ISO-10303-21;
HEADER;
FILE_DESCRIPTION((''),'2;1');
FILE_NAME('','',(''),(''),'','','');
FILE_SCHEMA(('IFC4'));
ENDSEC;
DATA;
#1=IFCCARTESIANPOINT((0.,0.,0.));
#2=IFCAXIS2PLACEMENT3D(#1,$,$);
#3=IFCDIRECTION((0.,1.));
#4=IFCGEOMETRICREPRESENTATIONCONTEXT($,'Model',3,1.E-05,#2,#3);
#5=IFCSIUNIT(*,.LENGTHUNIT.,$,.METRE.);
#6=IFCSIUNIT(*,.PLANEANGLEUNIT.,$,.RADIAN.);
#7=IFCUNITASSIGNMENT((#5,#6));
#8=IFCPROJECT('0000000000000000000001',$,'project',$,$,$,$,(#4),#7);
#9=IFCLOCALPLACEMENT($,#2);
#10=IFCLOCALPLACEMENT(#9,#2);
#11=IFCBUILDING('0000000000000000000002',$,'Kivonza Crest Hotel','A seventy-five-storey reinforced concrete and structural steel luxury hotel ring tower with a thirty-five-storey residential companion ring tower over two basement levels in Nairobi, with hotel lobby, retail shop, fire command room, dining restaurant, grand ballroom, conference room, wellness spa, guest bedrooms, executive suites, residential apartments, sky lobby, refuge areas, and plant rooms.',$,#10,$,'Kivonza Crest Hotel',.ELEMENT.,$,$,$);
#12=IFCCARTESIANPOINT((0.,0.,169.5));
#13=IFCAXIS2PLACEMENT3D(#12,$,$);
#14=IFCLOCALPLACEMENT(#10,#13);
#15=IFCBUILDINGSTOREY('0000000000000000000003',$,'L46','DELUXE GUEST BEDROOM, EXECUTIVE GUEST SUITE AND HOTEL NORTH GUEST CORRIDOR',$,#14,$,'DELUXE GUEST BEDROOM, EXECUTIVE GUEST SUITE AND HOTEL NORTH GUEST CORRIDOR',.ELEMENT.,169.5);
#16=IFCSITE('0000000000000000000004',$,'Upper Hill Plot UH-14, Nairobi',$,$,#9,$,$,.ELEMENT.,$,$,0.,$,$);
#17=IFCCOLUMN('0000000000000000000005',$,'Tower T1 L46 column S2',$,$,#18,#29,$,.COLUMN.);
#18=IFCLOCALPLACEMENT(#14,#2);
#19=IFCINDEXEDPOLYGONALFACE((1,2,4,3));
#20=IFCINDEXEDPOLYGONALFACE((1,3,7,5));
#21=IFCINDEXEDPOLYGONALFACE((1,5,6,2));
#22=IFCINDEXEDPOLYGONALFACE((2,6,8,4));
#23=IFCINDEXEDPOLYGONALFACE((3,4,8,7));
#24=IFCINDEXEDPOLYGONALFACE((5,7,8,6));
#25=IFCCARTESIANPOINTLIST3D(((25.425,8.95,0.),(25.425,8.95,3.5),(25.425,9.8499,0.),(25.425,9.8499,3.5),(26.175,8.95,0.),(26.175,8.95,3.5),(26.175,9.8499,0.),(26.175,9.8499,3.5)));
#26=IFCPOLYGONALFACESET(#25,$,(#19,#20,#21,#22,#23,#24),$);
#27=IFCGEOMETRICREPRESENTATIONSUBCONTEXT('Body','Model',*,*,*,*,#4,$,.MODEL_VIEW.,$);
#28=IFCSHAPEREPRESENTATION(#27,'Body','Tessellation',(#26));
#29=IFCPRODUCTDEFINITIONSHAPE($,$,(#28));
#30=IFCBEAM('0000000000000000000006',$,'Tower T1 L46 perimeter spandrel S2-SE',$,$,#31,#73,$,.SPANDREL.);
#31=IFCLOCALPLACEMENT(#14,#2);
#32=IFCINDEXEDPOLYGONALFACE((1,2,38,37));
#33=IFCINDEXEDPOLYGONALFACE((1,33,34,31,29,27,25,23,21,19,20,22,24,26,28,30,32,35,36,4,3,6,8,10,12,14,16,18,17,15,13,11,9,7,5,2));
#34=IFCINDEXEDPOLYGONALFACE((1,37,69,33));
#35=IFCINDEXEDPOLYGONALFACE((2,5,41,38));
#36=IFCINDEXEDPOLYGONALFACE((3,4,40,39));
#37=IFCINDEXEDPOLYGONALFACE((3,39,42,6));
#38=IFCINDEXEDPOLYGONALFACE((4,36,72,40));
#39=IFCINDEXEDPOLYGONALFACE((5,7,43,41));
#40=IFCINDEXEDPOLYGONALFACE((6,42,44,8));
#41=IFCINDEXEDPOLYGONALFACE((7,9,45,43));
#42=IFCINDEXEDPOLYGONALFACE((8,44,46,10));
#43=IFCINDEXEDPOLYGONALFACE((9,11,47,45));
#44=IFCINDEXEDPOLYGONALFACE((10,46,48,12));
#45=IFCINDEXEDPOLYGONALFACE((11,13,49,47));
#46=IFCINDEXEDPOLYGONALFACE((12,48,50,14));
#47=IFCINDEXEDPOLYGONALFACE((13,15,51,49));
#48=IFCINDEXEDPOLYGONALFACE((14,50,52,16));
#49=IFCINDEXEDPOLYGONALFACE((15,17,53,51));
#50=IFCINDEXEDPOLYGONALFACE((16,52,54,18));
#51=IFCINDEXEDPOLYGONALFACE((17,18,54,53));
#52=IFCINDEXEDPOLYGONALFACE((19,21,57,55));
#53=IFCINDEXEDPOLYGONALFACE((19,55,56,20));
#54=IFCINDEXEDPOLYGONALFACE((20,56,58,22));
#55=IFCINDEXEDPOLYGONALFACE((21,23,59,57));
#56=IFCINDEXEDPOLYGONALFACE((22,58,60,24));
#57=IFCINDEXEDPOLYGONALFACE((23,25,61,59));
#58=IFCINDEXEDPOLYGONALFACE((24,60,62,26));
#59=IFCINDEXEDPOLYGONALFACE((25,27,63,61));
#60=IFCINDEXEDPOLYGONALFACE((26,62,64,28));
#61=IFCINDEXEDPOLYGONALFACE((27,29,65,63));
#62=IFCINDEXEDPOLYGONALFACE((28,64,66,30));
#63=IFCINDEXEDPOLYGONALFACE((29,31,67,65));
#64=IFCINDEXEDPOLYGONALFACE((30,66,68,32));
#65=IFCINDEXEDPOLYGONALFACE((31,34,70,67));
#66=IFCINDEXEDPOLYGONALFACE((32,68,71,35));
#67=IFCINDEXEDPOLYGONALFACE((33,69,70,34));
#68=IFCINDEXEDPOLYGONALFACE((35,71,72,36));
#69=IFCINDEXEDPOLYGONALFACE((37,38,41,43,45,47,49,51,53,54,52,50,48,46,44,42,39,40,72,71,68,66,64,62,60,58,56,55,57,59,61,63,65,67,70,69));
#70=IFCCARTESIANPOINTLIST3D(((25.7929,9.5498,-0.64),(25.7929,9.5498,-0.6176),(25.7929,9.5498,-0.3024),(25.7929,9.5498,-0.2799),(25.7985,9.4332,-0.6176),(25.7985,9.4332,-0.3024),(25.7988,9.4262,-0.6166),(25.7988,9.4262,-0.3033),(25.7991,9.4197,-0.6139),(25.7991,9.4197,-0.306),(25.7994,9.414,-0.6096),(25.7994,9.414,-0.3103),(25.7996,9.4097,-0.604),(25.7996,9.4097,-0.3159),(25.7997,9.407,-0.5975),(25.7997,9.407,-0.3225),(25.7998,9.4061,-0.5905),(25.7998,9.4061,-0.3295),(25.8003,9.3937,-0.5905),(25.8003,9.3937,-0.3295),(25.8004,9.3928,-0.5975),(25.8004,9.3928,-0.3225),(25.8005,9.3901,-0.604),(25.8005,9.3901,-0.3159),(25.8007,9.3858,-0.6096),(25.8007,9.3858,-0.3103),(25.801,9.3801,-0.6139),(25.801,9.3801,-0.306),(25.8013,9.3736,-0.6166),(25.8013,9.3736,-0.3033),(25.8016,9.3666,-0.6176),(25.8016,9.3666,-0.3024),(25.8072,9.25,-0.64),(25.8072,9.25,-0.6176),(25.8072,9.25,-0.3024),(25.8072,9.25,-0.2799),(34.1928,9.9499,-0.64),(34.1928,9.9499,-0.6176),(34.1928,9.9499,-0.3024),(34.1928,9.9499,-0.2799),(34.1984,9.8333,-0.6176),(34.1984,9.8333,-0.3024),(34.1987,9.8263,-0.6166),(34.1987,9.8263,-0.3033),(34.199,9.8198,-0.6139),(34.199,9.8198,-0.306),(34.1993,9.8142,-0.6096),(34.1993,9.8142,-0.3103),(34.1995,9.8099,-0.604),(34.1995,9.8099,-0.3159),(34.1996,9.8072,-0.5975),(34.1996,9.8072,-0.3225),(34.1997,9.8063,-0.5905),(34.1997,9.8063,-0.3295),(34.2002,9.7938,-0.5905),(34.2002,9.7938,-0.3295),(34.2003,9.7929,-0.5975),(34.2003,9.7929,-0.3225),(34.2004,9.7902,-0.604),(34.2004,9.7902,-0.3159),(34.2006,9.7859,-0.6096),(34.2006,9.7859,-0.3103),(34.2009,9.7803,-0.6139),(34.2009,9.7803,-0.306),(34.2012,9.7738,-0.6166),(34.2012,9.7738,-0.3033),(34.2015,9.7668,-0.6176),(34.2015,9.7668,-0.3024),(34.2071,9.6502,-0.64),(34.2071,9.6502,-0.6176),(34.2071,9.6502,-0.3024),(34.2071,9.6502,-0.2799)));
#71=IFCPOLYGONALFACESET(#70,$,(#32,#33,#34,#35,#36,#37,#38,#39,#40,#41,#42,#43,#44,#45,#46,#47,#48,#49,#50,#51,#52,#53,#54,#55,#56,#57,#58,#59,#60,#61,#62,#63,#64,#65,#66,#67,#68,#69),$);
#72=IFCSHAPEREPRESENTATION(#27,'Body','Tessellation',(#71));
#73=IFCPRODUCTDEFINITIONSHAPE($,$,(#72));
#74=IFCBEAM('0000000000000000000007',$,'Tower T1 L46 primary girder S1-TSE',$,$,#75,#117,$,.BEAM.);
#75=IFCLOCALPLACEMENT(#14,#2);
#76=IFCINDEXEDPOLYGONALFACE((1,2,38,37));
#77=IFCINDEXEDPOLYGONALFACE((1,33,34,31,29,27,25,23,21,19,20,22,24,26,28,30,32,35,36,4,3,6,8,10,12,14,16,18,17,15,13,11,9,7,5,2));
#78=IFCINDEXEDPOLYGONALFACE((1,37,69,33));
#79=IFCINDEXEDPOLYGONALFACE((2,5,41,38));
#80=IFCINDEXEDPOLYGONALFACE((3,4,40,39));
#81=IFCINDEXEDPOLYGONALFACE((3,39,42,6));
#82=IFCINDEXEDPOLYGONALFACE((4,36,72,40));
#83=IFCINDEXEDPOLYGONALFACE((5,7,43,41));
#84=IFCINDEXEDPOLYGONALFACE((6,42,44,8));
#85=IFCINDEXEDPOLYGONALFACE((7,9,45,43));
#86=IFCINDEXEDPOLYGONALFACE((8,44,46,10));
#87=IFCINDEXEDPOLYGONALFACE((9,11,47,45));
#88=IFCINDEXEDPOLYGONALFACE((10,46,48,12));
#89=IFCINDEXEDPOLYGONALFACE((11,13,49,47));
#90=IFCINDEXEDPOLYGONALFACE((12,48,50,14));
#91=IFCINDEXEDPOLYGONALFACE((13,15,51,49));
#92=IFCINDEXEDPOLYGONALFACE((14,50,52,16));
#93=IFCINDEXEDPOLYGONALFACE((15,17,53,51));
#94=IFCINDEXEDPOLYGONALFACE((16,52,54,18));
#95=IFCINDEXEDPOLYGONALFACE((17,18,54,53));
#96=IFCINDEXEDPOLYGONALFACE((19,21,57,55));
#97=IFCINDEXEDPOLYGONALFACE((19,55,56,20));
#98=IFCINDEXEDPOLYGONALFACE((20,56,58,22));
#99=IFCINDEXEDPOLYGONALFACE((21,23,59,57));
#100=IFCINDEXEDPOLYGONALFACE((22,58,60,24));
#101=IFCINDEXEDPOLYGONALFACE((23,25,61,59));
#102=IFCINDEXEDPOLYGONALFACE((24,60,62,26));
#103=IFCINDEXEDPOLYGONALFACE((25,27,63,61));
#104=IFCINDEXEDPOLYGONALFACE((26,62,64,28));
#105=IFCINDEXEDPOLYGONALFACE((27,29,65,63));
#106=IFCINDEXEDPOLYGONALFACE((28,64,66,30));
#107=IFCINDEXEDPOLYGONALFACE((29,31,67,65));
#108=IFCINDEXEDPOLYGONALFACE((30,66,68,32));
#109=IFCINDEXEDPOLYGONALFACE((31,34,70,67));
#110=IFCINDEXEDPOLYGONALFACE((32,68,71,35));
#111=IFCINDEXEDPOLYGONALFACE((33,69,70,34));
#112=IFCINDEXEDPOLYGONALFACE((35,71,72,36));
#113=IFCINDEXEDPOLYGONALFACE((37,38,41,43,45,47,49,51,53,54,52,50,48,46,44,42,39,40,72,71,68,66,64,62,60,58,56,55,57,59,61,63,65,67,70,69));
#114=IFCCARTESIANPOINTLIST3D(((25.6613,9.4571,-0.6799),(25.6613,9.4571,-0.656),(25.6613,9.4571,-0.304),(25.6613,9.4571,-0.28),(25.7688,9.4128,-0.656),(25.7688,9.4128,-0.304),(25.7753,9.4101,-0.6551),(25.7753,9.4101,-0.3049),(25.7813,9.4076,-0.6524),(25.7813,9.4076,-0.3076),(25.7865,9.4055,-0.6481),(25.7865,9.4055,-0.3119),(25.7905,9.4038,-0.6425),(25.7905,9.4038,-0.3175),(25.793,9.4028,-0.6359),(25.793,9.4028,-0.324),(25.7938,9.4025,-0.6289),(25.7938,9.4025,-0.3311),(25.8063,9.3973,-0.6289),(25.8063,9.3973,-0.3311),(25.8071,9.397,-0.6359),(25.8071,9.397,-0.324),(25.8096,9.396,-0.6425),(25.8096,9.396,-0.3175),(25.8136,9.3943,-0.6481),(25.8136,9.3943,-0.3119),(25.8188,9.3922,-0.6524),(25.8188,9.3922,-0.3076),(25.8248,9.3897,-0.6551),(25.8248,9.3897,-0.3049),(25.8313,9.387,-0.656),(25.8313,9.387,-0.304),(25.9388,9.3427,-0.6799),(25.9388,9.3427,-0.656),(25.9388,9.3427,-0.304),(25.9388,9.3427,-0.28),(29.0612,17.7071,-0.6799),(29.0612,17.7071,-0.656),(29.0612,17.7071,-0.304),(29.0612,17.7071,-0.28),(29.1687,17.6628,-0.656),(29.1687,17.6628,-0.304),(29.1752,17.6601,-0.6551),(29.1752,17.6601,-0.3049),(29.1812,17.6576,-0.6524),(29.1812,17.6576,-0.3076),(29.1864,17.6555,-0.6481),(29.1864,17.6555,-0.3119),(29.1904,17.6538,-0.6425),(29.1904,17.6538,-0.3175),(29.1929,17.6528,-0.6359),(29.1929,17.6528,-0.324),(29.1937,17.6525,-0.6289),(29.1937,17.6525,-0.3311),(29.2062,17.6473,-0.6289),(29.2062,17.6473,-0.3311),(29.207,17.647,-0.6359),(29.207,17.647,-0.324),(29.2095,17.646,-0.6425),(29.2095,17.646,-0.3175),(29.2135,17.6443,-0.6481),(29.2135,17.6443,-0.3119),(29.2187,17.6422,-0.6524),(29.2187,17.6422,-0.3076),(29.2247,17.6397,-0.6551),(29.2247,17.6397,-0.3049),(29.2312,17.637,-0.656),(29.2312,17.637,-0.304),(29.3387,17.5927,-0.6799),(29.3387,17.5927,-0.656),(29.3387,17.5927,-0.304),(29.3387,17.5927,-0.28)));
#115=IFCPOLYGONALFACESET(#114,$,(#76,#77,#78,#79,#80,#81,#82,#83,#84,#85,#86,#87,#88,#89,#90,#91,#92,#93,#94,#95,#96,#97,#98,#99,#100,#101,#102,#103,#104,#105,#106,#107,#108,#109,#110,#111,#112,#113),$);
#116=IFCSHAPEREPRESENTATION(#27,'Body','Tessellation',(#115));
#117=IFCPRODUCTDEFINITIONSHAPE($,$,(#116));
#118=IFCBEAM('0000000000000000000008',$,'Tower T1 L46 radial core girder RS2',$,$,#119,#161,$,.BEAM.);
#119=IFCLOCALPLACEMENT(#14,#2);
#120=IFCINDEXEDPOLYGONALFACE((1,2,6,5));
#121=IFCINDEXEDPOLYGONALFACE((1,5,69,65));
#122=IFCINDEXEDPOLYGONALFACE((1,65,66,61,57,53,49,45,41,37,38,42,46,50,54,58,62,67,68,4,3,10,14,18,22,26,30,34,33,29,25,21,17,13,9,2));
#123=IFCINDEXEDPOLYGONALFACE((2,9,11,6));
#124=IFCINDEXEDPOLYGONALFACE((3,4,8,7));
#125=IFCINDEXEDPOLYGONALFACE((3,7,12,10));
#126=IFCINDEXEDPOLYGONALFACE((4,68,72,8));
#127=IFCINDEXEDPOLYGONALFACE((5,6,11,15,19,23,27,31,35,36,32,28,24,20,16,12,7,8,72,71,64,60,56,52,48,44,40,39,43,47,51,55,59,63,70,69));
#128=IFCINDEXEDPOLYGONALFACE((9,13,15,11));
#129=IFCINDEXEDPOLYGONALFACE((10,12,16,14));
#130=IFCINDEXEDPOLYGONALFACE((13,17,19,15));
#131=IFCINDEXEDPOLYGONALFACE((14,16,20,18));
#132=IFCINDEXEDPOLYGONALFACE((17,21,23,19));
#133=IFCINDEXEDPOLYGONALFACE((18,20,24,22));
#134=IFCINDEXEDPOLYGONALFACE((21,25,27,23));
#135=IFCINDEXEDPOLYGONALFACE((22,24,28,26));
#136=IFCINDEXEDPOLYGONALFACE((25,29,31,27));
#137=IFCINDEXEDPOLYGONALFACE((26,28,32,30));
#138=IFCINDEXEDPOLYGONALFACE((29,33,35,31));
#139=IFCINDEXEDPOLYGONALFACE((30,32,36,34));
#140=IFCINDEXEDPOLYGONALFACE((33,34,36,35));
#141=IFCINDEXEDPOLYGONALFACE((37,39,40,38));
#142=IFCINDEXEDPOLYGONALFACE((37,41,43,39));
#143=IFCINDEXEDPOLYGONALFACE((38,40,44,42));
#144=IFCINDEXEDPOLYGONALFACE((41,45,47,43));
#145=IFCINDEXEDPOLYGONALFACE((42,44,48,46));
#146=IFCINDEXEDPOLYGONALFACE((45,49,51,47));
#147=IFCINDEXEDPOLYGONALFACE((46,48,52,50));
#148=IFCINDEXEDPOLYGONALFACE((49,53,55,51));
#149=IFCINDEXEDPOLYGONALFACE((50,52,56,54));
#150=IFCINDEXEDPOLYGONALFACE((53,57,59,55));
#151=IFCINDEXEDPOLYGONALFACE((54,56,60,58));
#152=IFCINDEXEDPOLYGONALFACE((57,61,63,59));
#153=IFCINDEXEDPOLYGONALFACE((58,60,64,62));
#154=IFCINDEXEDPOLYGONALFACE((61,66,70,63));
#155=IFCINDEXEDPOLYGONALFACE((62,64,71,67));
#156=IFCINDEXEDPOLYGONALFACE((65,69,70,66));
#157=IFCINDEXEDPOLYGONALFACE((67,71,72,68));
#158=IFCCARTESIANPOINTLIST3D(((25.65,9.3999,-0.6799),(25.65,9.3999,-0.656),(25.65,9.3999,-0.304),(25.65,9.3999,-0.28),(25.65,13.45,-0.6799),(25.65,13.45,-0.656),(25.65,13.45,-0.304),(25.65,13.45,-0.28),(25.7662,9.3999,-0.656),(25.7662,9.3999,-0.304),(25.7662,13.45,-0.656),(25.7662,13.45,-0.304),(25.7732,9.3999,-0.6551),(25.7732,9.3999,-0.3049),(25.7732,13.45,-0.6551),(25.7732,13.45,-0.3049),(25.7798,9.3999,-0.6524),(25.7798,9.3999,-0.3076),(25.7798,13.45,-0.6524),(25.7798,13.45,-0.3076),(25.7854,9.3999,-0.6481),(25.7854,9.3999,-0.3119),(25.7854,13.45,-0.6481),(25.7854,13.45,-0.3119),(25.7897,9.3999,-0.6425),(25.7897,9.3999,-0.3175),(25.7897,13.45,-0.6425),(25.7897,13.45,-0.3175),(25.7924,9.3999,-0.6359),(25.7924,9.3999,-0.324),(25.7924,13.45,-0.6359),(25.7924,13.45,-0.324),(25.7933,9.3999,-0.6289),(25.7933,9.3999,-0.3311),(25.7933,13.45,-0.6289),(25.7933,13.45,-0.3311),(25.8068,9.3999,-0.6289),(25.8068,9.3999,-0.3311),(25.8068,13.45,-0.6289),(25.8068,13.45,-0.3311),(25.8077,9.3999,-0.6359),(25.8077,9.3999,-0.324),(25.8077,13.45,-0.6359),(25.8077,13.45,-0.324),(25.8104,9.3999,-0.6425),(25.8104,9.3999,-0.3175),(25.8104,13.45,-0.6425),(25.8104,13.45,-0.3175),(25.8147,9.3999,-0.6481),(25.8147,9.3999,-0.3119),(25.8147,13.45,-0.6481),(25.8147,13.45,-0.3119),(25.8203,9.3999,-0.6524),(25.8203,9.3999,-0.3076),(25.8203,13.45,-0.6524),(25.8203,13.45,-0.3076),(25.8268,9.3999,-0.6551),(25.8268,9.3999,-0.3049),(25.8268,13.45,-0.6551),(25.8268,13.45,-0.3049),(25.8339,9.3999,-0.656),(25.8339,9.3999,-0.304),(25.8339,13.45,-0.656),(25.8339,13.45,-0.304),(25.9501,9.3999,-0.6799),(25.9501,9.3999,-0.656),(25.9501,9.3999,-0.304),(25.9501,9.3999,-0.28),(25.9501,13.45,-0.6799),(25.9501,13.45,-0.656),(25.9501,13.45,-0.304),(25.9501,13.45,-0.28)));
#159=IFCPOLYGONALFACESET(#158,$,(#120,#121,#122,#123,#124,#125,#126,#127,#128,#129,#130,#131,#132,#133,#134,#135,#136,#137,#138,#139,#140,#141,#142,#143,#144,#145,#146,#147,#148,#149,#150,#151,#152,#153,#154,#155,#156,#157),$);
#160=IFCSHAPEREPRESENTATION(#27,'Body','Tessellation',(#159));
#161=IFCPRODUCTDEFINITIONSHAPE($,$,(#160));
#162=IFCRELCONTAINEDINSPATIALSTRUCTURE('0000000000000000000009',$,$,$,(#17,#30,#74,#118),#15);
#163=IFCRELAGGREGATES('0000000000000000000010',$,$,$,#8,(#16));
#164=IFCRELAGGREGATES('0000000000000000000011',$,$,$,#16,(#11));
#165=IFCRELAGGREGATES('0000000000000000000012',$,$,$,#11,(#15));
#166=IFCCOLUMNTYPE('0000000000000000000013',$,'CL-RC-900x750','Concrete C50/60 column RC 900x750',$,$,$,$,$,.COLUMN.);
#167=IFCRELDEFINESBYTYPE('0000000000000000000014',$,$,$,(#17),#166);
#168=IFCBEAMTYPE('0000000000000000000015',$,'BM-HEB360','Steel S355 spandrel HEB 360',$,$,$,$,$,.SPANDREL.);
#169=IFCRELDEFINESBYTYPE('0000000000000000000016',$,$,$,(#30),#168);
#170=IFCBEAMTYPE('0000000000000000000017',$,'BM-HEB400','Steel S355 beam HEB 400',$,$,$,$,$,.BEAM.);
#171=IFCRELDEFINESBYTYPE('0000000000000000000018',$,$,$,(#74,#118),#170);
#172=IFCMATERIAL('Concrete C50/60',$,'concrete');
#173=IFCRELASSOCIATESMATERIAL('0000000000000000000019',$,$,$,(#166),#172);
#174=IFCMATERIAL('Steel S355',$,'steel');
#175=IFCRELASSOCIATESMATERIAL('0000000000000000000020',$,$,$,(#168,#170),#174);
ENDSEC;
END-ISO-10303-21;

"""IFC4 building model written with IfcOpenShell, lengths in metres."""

from ifc_helpers import new_model, si_unit, direction, frame, origin, origin_2d, place, context, subcontext, project, spatial, rectangle, i_section, extrude, material, material_profile, profile_set, type_object, element, save


model = new_model("IFC4")

# Units and contexts
model_context = context("Model", 3, precision=1e-05, world=origin(), true_north=direction((0.0, 1.0)))
body_context = subcontext(model_context, "Body", "Model", "MODEL_VIEW")
ifc_project = project(units=[si_unit("LENGTHUNIT", "METRE"), si_unit("PLANEANGLEUNIT", "RADIAN")], contexts=[model_context])

# Site, building, storey
site_placement = place(None, origin())
site = spatial("IfcSite", under=ifc_project, at=site_placement, Name="Upper Hill Plot UH-14, Nairobi", CompositionType="ELEMENT", RefElevation=0.0)
building_placement = place(site_placement, origin())
building = spatial("IfcBuilding", under=site, at=building_placement, Name="Kivonza Crest Hotel", Description="A seventy-five-storey reinforced concrete and structural steel luxury hotel ring tower with a thirty-five-storey residential companion ring tower over two basement levels in Nairobi, with hotel lobby, retail shop, fire command room, dining restaurant, grand ballroom, conference room, wellness spa, guest bedrooms, executive suites, residential apartments, sky lobby, refuge areas, and plant rooms.", LongName="Kivonza Crest Hotel", CompositionType="ELEMENT")
storey_placement = place(building_placement, frame((0.0, 0.0, 169.5)))
storey = spatial("IfcBuildingStorey", under=building, at=storey_placement, Name="L46", Description="DELUXE GUEST BEDROOM, EXECUTIVE GUEST SUITE AND HOTEL NORTH GUEST CORRIDOR", LongName="DELUXE GUEST BEDROOM, EXECUTIVE GUEST SUITE AND HOTEL NORTH GUEST CORRIDOR", CompositionType="ELEMENT", Elevation=169.5)

# Column
ifc_material_1 = material(Name="Concrete C50/60", Category="concrete")
ifc_material_profile_1 = material_profile(ifc_material_1, rectangle(XDim=0.75, YDim=0.8999, at=origin_2d()), Name="RC 900x750")
ifc_profile_set_1 = profile_set([ifc_material_profile_1], Name="Concrete C50/60")
column_type = type_object("IfcColumnType", Name="CL-RC-900x750", Description="Concrete C50/60 column RC 900x750", PredefinedType="COLUMN", material=ifc_profile_set_1)
column_placement = place(storey_placement, frame((25.8, 9.3999, 0.0), z_axis=(0.0, 0.0, 1.0), x_axis=(1.0, 0.0, 0.0)))
element("IfcColumn", 1, at=column_placement, inside=storey, type_object=column_type, Name="Tower T1 L46 column S2", PredefinedType="COLUMN", context=body_context, shape_type="SweptSolid", body=[
    extrude(rectangle(XDim=0.75, YDim=0.8999, at=origin_2d()), origin(), (0.0, 0.0, 1.0), 3.5),
])

# Beams
ifc_material_2 = material(Name="Steel S355", Category="steel")
ifc_material_profile_2 = material_profile(ifc_material_2, i_section(OverallWidth=0.3, OverallDepth=0.3601, WebThickness=0.0125, FlangeThickness=0.0225, FilletRadius=0.0271, at=origin_2d()), Name="HEB 360")
ifc_profile_set_2 = profile_set([ifc_material_profile_2], Name="Steel S355")
beam_type_1 = type_object("IfcBeamType", Name="BM-HEB360", Description="Steel S355 spandrel HEB 360", PredefinedType="SPANDREL", material=ifc_profile_set_2)
beam_1_placement = place(storey_placement, frame((25.8, 9.3999, -0.46), z_axis=(0.998867, 0.047583, 0.0), x_axis=(-0.047583, 0.998867, 0.0)))
element("IfcBeam", 2, at=beam_1_placement, inside=storey, type_object=beam_type_1, Name="Tower T1 L46 perimeter spandrel S2-SE", PredefinedType="SPANDREL", context=body_context, shape_type="SweptSolid", body=[
    extrude(i_section(OverallWidth=0.3, OverallDepth=0.3601, WebThickness=0.0125, FlangeThickness=0.0225, FilletRadius=0.0271, at=origin_2d()), origin(), (0.0, 0.0, 1.0), 8.4094),
])
ifc_material_profile_3 = material_profile(ifc_material_2, i_section(OverallWidth=0.3, OverallDepth=0.3999, WebThickness=0.0134, FlangeThickness=0.0239, FilletRadius=0.0271, at=origin_2d()), Name="HEB 400")
ifc_profile_set_3 = profile_set([ifc_material_profile_3], Name="Steel S355")
beam_type_2 = type_object("IfcBeamType", Name="BM-HEB400", Description="Steel S355 beam HEB 400", PredefinedType="BEAM", material=ifc_profile_set_3)
beam_2_placement = place(storey_placement, frame((25.8, 9.3999, -0.48), z_axis=(0.381022, 0.924566, 0.0), x_axis=(-0.924566, 0.381022, 0.0)))
element("IfcBeam", 3, at=beam_2_placement, inside=storey, type_object=beam_type_2, Name="Tower T1 L46 primary girder S1-TSE", PredefinedType="BEAM", context=body_context, shape_type="SweptSolid", body=[
    extrude(i_section(OverallWidth=0.3, OverallDepth=0.3999, WebThickness=0.0134, FlangeThickness=0.0239, FilletRadius=0.0271, at=origin_2d()), origin(), (0.0, 0.0, 1.0), 8.9231),
])
beam_3_placement = place(storey_placement, frame((25.8, 9.3999, -0.48), z_axis=(0.0, 1.0, 0.0), x_axis=(-1.0, 0.0, 0.0)))
element("IfcBeam", 4, at=beam_3_placement, inside=storey, type_object=beam_type_2, Name="Tower T1 L46 radial core girder RS2", PredefinedType="BEAM", context=body_context, shape_type="SweptSolid", body=[
    extrude(i_section(OverallWidth=0.3, OverallDepth=0.3999, WebThickness=0.0134, FlangeThickness=0.0239, FilletRadius=0.0271, at=origin_2d()), origin(), (0.0, 0.0, 1.0), 4.05),
])

save(model, "model.ifc")
